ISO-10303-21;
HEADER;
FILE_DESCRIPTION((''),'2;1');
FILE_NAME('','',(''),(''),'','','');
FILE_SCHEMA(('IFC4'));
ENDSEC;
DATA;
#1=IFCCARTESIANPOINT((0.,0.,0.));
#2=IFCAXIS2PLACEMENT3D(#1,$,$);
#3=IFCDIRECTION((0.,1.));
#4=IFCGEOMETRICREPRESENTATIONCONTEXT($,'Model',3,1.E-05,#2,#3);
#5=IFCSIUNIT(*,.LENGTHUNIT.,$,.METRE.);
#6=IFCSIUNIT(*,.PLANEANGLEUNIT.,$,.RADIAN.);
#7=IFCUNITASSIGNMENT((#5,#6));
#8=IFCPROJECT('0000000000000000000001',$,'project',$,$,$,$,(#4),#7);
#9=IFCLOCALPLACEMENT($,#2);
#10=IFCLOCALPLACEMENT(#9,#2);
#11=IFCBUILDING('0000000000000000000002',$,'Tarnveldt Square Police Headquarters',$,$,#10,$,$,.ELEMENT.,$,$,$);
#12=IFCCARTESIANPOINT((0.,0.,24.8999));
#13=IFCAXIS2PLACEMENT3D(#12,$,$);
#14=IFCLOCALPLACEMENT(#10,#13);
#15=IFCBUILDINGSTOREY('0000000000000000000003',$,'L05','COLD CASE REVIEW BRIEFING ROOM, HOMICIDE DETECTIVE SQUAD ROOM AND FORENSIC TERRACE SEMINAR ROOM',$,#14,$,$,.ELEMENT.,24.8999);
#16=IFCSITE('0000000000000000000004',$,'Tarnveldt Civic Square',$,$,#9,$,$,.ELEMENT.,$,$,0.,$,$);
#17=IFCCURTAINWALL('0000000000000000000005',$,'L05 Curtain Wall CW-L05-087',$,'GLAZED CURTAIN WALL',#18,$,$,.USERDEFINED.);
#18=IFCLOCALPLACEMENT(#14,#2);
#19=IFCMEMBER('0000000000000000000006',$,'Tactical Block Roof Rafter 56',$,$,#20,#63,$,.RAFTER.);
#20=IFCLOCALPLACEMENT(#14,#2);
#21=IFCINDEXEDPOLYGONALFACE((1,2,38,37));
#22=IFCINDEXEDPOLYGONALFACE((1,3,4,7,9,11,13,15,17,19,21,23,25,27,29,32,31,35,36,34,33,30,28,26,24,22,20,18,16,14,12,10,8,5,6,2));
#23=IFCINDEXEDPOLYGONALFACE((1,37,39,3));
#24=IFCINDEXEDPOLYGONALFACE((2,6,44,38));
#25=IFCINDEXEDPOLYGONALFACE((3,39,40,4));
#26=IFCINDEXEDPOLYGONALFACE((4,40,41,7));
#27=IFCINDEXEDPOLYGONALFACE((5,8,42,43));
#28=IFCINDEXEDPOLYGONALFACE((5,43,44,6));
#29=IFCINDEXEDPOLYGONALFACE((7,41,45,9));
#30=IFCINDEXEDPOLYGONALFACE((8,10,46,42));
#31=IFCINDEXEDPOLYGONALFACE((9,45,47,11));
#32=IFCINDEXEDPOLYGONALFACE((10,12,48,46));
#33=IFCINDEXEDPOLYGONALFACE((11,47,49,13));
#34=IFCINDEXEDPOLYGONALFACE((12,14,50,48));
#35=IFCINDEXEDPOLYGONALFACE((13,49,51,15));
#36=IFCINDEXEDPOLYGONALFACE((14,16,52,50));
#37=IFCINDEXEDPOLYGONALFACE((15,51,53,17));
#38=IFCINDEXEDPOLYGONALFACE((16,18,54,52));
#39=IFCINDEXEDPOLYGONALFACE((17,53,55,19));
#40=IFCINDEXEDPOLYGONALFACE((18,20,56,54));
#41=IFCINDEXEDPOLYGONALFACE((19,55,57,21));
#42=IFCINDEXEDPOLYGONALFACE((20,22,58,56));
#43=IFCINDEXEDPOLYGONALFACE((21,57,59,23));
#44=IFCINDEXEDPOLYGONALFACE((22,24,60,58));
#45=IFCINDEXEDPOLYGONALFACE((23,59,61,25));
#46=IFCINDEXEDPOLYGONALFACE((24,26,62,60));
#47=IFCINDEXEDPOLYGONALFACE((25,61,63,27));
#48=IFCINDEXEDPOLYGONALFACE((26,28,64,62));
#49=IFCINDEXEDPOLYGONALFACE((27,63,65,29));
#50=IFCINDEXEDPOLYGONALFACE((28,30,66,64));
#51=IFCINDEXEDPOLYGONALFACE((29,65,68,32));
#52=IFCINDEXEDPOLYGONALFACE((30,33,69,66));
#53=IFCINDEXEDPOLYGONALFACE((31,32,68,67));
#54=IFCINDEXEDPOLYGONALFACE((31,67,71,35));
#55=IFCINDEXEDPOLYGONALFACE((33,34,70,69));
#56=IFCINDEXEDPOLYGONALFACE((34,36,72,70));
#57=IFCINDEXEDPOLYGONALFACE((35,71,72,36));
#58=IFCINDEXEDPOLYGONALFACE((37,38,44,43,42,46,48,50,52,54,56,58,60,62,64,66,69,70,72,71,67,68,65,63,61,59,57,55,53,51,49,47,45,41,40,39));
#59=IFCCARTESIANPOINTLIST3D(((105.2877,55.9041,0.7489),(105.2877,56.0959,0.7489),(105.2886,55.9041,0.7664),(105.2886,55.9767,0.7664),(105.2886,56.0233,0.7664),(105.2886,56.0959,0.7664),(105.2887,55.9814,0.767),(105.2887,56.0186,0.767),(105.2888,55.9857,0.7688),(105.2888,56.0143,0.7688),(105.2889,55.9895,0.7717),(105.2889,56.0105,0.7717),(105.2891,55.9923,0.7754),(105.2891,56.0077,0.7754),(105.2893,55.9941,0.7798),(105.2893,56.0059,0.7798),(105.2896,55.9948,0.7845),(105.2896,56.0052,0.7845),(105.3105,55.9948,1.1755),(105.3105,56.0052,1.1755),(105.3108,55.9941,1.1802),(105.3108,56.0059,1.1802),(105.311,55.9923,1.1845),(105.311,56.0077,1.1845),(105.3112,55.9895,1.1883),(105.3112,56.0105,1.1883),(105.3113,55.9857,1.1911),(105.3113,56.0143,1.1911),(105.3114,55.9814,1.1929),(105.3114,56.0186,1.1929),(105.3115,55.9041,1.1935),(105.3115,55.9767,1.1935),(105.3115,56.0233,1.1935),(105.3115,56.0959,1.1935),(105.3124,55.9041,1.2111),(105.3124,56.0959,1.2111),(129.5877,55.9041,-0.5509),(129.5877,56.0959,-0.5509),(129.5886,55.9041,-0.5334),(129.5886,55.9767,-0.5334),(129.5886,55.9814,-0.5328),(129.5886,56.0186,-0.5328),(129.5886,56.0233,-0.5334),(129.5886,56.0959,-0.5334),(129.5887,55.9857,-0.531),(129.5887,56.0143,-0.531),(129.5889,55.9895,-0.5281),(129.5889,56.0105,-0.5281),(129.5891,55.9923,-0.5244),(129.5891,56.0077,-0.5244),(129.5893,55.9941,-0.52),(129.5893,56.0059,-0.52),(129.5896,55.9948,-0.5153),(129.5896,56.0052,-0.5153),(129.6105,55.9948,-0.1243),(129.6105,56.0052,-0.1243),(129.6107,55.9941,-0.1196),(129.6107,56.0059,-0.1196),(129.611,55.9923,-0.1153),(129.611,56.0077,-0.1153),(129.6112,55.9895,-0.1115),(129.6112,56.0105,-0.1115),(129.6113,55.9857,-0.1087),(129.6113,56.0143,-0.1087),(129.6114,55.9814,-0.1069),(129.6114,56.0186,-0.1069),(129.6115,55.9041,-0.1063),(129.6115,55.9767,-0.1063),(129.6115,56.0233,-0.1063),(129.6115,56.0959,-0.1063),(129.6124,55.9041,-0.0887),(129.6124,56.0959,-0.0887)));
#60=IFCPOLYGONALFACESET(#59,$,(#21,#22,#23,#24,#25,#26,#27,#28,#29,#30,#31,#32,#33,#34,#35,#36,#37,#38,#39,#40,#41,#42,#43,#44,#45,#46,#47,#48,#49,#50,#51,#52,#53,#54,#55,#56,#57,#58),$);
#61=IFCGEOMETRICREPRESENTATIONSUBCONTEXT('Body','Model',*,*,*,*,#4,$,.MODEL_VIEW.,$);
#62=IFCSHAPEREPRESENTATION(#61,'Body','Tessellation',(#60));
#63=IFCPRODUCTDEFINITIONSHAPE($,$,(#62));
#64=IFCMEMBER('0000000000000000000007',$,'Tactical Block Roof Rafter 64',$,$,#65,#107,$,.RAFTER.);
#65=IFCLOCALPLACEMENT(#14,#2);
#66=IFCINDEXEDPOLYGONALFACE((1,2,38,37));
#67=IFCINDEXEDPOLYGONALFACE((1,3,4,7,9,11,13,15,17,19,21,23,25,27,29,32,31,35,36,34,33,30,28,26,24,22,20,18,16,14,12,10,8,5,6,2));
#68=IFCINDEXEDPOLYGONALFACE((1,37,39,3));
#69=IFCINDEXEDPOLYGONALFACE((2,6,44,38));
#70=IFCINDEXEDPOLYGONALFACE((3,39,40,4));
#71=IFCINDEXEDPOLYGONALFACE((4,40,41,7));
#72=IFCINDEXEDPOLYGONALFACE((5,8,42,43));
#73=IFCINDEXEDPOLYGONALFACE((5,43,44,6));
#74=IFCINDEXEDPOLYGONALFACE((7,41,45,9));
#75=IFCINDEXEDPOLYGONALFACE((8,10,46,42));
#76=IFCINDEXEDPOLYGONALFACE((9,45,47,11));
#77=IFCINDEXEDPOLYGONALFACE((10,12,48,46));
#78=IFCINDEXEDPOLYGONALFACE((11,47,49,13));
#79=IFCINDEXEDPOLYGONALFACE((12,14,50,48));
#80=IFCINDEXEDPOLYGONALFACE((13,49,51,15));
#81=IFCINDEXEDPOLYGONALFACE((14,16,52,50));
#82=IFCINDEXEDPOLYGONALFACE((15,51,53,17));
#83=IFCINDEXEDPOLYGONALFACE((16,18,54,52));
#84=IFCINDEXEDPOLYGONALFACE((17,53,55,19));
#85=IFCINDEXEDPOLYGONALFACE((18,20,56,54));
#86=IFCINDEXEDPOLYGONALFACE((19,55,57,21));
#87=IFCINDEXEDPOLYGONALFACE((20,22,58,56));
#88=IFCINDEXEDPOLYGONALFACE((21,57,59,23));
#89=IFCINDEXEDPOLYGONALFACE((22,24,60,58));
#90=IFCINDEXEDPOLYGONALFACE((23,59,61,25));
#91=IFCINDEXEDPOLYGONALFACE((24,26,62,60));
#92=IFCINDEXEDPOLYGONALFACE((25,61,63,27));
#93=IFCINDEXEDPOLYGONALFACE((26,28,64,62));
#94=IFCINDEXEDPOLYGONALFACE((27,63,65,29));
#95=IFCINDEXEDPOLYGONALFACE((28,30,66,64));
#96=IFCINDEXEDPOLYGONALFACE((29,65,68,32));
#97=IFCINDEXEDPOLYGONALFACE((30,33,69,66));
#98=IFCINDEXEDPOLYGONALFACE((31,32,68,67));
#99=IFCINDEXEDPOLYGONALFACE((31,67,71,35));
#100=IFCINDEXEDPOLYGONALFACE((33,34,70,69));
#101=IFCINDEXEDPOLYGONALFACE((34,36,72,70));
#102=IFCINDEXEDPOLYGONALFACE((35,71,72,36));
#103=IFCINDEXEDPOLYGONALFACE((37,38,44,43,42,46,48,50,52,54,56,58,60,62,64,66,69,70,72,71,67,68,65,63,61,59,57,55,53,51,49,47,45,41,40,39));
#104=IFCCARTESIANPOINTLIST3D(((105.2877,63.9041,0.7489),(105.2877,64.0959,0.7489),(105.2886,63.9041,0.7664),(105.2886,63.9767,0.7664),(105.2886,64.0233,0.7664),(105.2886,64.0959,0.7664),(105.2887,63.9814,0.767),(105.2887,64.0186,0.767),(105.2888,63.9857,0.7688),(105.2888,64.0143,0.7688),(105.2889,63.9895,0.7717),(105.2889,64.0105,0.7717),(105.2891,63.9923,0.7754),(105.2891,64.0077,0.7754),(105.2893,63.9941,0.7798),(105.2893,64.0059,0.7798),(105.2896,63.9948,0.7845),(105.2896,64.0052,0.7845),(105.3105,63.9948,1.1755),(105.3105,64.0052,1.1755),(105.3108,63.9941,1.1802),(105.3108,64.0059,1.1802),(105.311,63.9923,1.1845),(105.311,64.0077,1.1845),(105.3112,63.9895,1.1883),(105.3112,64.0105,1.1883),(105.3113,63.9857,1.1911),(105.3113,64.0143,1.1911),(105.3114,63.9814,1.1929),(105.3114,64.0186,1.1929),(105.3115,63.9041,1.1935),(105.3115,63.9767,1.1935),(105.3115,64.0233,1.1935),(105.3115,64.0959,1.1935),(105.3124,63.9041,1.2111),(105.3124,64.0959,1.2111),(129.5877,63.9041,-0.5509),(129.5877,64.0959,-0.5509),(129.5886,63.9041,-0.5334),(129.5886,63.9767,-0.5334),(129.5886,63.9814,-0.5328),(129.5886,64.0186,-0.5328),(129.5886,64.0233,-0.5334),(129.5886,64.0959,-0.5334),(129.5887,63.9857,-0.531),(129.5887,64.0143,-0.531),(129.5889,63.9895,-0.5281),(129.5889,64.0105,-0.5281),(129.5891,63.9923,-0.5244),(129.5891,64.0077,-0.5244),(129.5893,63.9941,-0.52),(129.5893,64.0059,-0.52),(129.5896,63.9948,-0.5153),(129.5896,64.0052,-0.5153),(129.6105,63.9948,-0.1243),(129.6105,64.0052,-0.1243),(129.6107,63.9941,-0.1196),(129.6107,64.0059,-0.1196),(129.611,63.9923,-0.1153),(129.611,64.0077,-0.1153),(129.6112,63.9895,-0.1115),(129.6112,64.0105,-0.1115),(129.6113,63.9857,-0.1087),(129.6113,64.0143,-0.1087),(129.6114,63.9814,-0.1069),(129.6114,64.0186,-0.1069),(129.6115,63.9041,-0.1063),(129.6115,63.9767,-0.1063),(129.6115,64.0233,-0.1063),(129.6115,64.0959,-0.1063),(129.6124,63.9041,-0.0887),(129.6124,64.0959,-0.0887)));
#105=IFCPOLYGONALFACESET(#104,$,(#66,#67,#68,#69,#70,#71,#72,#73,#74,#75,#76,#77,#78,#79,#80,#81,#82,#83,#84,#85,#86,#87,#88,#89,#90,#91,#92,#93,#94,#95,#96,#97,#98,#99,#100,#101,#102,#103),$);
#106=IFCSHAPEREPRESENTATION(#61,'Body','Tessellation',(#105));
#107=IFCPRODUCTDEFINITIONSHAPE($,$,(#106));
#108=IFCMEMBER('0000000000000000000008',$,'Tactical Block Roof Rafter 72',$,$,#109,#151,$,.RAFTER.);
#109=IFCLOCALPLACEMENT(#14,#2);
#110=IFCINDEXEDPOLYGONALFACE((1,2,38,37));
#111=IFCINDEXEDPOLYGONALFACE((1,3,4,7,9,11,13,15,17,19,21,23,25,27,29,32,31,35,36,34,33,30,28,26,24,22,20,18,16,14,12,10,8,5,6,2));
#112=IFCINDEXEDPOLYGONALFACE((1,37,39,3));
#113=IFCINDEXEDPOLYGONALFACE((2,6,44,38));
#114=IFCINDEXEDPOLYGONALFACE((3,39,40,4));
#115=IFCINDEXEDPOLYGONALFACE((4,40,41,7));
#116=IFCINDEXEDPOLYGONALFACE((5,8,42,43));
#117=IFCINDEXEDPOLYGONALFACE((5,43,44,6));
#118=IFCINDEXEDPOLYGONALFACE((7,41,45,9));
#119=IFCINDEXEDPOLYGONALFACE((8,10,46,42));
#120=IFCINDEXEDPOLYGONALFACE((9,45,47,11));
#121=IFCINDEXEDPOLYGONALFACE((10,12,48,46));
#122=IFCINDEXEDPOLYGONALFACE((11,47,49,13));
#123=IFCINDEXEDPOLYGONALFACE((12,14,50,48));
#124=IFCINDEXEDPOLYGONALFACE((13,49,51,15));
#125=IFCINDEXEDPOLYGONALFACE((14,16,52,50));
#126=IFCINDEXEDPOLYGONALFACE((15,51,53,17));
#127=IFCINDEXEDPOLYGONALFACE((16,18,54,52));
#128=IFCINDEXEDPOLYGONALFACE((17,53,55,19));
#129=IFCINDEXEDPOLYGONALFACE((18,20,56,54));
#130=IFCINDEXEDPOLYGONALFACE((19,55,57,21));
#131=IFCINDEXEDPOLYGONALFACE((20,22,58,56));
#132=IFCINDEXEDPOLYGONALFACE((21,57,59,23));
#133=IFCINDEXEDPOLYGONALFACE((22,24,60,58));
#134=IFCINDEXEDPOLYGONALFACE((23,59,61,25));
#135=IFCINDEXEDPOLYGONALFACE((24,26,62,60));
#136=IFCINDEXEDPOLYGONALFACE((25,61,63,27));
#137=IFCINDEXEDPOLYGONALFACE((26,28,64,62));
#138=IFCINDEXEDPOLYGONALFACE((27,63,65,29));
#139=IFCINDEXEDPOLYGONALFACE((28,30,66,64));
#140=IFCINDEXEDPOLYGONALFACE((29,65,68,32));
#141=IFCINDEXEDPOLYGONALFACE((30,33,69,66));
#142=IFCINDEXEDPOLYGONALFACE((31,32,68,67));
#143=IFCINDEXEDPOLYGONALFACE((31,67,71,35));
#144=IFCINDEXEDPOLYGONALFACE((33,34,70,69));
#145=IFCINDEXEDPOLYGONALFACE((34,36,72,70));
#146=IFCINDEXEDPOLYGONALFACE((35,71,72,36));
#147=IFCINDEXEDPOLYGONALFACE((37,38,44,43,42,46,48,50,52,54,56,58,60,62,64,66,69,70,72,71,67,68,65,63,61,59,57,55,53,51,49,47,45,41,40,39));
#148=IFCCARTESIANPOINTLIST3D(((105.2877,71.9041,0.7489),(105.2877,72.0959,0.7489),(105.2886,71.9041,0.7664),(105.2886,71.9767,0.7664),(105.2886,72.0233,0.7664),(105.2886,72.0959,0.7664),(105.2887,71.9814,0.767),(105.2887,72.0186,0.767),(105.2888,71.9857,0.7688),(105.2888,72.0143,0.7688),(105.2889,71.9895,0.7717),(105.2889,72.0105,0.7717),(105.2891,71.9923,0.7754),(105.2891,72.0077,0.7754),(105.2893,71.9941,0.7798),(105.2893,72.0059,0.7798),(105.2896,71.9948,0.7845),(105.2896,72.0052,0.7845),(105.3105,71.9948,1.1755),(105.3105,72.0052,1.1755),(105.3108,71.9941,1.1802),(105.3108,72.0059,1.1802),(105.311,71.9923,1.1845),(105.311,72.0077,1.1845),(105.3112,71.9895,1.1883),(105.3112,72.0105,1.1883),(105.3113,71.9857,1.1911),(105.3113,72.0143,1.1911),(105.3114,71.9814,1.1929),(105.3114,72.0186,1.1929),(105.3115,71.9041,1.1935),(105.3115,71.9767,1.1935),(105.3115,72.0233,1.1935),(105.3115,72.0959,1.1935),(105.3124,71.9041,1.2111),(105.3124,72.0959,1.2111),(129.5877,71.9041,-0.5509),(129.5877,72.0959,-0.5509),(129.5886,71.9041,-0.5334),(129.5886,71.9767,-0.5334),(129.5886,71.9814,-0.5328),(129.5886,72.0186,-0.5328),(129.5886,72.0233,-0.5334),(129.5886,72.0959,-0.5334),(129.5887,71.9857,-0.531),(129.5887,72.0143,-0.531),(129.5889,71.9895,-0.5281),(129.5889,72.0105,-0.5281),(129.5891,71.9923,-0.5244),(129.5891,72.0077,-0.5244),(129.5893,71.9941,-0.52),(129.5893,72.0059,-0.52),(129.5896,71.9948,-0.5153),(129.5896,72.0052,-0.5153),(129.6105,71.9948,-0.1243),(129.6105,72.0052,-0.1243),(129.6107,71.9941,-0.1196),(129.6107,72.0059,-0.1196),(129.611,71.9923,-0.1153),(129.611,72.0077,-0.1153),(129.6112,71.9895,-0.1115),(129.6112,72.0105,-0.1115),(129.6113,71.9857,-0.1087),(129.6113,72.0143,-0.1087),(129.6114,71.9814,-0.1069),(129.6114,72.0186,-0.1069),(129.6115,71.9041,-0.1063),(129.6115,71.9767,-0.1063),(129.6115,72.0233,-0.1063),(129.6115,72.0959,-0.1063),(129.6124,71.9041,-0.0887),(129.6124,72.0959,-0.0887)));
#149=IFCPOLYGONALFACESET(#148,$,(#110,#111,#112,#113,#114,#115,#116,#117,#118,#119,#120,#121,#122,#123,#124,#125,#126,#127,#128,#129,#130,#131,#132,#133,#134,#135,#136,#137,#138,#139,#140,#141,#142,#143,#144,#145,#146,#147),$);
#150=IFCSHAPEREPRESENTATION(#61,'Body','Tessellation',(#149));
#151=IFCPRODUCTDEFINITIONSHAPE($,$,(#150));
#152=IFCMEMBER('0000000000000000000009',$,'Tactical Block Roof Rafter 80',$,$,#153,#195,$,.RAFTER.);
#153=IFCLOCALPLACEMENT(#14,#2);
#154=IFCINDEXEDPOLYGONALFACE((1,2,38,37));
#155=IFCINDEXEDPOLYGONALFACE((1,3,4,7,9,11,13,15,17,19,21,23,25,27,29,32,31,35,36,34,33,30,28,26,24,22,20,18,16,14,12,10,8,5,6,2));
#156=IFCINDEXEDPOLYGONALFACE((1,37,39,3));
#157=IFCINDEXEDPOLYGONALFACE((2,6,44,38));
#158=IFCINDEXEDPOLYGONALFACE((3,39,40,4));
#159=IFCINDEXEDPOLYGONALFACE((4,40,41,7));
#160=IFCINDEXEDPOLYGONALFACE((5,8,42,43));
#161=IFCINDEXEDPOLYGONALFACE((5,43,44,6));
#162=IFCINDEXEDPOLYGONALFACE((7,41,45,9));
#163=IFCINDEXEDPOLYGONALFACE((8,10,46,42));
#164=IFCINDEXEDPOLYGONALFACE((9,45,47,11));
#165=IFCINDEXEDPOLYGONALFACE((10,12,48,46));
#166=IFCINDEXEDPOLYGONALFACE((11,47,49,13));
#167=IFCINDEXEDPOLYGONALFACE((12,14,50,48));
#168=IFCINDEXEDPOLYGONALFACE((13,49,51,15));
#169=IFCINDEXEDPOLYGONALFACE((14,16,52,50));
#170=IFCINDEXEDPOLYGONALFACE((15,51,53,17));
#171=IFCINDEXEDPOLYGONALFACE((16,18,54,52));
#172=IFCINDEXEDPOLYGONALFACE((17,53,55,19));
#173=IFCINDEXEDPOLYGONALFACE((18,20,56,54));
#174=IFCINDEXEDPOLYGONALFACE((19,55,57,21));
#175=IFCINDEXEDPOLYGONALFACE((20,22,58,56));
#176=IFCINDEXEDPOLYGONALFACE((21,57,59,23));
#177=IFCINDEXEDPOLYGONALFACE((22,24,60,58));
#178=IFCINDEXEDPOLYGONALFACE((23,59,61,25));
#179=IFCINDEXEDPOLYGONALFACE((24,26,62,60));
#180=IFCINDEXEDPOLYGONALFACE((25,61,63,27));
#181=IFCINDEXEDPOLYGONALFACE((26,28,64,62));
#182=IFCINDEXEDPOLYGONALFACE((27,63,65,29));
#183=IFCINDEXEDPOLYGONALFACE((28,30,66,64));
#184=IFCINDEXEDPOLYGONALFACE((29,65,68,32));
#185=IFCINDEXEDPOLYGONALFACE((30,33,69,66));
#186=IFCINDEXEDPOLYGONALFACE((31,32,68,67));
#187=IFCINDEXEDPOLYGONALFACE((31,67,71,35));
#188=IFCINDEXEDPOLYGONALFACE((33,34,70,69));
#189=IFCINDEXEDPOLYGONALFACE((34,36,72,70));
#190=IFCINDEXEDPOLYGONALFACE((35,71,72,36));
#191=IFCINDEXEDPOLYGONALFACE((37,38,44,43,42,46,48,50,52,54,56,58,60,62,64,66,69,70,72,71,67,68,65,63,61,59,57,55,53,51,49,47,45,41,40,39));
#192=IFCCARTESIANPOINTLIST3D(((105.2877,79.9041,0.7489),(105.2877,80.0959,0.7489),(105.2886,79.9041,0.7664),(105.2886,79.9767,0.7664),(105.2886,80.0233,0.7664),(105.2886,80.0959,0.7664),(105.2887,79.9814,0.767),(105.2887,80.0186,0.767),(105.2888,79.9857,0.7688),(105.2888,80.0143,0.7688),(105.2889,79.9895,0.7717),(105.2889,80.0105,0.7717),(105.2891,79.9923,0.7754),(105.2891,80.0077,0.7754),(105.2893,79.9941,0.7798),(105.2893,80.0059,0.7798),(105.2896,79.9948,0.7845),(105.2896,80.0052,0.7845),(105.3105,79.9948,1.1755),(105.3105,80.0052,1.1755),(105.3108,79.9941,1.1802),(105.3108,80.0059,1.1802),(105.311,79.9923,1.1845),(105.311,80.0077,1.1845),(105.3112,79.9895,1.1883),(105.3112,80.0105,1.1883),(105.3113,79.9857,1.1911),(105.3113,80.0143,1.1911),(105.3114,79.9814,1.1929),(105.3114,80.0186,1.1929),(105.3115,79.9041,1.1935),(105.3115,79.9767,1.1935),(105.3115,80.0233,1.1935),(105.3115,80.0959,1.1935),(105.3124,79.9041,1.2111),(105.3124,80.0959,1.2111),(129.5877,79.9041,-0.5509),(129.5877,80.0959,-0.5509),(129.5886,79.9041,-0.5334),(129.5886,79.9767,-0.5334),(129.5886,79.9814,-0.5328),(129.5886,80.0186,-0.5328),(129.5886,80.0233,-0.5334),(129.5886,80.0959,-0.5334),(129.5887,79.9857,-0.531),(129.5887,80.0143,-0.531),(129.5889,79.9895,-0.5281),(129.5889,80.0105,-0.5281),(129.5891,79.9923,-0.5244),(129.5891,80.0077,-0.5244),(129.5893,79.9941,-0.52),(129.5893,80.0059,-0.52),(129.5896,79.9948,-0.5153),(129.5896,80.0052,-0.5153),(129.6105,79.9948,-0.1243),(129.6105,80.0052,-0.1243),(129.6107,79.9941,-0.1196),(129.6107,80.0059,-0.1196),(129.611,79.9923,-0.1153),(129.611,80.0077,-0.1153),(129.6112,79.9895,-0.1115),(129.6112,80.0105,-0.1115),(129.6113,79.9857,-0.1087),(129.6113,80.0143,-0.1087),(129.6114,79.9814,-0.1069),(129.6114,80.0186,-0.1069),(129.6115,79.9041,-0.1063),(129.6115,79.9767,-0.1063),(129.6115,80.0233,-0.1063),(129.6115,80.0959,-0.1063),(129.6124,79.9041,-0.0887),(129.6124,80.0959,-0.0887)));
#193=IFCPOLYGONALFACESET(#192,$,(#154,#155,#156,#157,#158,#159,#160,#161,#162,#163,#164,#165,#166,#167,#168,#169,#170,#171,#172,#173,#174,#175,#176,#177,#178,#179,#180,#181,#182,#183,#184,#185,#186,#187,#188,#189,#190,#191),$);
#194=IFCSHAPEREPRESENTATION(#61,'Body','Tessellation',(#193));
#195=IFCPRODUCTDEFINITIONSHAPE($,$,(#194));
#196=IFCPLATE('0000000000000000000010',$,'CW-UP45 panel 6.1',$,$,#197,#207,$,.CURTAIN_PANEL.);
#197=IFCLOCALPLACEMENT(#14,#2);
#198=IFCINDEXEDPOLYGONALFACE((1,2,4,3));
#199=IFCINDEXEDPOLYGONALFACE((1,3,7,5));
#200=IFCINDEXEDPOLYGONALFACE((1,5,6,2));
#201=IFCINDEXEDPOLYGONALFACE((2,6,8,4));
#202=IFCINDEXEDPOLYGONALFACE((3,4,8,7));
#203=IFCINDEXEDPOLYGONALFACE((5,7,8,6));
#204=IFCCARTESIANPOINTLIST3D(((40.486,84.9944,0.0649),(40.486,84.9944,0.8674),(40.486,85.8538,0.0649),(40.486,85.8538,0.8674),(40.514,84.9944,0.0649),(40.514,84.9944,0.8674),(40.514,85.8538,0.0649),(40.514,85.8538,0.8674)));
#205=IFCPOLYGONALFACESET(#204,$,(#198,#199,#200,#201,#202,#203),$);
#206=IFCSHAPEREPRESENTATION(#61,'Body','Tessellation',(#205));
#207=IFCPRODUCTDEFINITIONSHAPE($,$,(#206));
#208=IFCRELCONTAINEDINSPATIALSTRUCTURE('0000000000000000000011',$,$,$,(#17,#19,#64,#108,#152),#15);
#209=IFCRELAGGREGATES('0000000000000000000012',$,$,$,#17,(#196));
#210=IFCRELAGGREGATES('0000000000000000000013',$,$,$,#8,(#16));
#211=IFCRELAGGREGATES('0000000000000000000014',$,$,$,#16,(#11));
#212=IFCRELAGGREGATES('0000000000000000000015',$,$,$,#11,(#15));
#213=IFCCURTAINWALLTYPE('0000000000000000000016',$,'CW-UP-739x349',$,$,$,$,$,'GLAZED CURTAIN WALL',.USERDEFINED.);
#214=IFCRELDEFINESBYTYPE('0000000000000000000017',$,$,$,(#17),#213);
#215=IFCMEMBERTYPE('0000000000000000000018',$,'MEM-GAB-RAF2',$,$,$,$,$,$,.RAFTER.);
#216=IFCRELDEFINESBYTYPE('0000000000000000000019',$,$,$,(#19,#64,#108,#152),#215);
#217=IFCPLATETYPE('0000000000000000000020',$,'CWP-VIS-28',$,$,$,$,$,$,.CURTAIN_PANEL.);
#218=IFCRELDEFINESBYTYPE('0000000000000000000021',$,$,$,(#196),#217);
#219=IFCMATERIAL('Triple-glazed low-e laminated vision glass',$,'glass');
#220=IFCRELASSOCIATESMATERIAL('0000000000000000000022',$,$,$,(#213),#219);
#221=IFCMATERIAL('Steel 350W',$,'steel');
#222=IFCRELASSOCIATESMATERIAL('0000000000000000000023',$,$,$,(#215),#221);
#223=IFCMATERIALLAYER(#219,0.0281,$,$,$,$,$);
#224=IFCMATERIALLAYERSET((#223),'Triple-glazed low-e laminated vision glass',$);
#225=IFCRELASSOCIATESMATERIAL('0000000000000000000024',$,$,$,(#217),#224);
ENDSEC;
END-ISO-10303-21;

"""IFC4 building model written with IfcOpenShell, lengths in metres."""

from ifc_helpers import new_model, si_unit, direction, frame, origin, origin_2d, place, context, subcontext, project, spatial, rectangle, i_section, extrude, material, layer, layer_set, material_profile, profile_set, type_object, element, aggregate, save


model = new_model("IFC4")

# Units and contexts
model_context = context("Model", 3, precision=1e-05, world=origin(), true_north=direction((0.0, 1.0)))
body_context = subcontext(model_context, "Body", "Model", "MODEL_VIEW")
ifc_project = project(units=[si_unit("LENGTHUNIT", "METRE"), si_unit("PLANEANGLEUNIT", "RADIAN")], contexts=[model_context])

# Site, building, storey
site_placement = place(None, origin())
site = spatial("IfcSite", under=ifc_project, at=site_placement, Name="Tarnveldt Civic Square", CompositionType="ELEMENT", RefElevation=0.0)
building_placement = place(site_placement, origin())
building = spatial("IfcBuilding", under=site, at=building_placement, Name="Tarnveldt Square Police Headquarters", CompositionType="ELEMENT")
storey_placement = place(building_placement, frame((0.0, 0.0, 24.8999)))
storey = spatial("IfcBuildingStorey", under=building, at=storey_placement, Name="L05", Description="COLD CASE REVIEW BRIEFING ROOM, HOMICIDE DETECTIVE SQUAD ROOM AND FORENSIC TERRACE SEMINAR ROOM", CompositionType="ELEMENT", Elevation=24.8999)

# Shared definitions
ifc_material_1 = material(Name="Steel 350W", Category="steel")

# Curtain wall
ifc_material_2 = material(Name="Triple-glazed low-e laminated vision glass", Category="glass")
curtain_wall_type = type_object("IfcCurtainWallType", Name="CW-UP-739x349", ElementType="GLAZED CURTAIN WALL", PredefinedType="USERDEFINED", material=ifc_material_2)
curtain_wall_placement = place(storey_placement, origin())
curtain_wall = element("IfcCurtainWall", 1, at=curtain_wall_placement, inside=storey, type_object=curtain_wall_type, Name="L05 Curtain Wall CW-L05-087", ObjectType="GLAZED CURTAIN WALL", PredefinedType="USERDEFINED")

# Members
ifc_material_profile_1 = material_profile(ifc_material_1, i_section(OverallWidth=0.1919, OverallDepth=0.4629, WebThickness=0.0105, FlangeThickness=0.0176, FilletRadius=0.0181, at=origin_2d()), Name="W460x89")
ifc_profile_set_1 = profile_set([ifc_material_profile_1], Name="Steel 350W")
member_type_1 = type_object("IfcMemberType", Name="MEM-GAB-RAF2", PredefinedType="RAFTER", material=ifc_profile_set_1)
for number, where, z_axis, x_axis, name in (
    (2, (105.3, 56.0, 0.98), (0.998572, 0.0, -0.053413), (0.0, 1.0, 0.0), "Tactical Block Roof Rafter 56"),
    (3, (105.3, 64.0, 0.98), (0.998572, 0.0, -0.053413), (0.0, 1.0, 0.0), "Tactical Block Roof Rafter 64"),
    (4, (105.3, 72.0, 0.98), (0.998572, 0.0, -0.053413), (0.0, 1.0, 0.0), "Tactical Block Roof Rafter 72"),
    (5, (105.3, 80.0, 0.98), (0.998572, 0.0, -0.053413), (0.0, 1.0, 0.0), "Tactical Block Roof Rafter 80"),
):
    element("IfcMember", number, at=place(storey_placement, frame(where, z_axis=z_axis, x_axis=x_axis)), inside=storey, type_object=member_type_1, Name=name, PredefinedType="RAFTER", context=body_context, shape_type="SweptSolid", body=[
        extrude(i_section(OverallWidth=0.1919, OverallDepth=0.4629, WebThickness=0.0105, FlangeThickness=0.0176, FilletRadius=0.0181, at=origin_2d()), origin(), (0.0, 0.0, 1.0), 24.3347),
    ])

# Plate
ifc_layer_1 = layer(ifc_material_2, 0.0281)
ifc_layer_set_1 = layer_set([ifc_layer_1], Name="Triple-glazed low-e laminated vision glass")
plate_type = type_object("IfcPlateType", Name="CWP-VIS-28", PredefinedType="CURTAIN_PANEL", material=ifc_layer_set_1)
plate_1_placement = place(storey_placement, frame((40.5, 85.4241, 0.0649), z_axis=(0.0, 0.0, 1.0), x_axis=(0.0, 1.0, 0.0)))
plate_1 = element("IfcPlate", 6, at=plate_1_placement, type_object=plate_type, Name="CW-UP45 panel 6.1", PredefinedType="CURTAIN_PANEL", context=body_context, shape_type="SweptSolid", body=[
    extrude(rectangle(XDim=0.8594, YDim=0.0281, at=origin_2d()), origin(), (0.0, 0.0, 1.0), 0.8025),
])
aggregate(curtain_wall, [plate_1])

save(model, "model.ifc")
